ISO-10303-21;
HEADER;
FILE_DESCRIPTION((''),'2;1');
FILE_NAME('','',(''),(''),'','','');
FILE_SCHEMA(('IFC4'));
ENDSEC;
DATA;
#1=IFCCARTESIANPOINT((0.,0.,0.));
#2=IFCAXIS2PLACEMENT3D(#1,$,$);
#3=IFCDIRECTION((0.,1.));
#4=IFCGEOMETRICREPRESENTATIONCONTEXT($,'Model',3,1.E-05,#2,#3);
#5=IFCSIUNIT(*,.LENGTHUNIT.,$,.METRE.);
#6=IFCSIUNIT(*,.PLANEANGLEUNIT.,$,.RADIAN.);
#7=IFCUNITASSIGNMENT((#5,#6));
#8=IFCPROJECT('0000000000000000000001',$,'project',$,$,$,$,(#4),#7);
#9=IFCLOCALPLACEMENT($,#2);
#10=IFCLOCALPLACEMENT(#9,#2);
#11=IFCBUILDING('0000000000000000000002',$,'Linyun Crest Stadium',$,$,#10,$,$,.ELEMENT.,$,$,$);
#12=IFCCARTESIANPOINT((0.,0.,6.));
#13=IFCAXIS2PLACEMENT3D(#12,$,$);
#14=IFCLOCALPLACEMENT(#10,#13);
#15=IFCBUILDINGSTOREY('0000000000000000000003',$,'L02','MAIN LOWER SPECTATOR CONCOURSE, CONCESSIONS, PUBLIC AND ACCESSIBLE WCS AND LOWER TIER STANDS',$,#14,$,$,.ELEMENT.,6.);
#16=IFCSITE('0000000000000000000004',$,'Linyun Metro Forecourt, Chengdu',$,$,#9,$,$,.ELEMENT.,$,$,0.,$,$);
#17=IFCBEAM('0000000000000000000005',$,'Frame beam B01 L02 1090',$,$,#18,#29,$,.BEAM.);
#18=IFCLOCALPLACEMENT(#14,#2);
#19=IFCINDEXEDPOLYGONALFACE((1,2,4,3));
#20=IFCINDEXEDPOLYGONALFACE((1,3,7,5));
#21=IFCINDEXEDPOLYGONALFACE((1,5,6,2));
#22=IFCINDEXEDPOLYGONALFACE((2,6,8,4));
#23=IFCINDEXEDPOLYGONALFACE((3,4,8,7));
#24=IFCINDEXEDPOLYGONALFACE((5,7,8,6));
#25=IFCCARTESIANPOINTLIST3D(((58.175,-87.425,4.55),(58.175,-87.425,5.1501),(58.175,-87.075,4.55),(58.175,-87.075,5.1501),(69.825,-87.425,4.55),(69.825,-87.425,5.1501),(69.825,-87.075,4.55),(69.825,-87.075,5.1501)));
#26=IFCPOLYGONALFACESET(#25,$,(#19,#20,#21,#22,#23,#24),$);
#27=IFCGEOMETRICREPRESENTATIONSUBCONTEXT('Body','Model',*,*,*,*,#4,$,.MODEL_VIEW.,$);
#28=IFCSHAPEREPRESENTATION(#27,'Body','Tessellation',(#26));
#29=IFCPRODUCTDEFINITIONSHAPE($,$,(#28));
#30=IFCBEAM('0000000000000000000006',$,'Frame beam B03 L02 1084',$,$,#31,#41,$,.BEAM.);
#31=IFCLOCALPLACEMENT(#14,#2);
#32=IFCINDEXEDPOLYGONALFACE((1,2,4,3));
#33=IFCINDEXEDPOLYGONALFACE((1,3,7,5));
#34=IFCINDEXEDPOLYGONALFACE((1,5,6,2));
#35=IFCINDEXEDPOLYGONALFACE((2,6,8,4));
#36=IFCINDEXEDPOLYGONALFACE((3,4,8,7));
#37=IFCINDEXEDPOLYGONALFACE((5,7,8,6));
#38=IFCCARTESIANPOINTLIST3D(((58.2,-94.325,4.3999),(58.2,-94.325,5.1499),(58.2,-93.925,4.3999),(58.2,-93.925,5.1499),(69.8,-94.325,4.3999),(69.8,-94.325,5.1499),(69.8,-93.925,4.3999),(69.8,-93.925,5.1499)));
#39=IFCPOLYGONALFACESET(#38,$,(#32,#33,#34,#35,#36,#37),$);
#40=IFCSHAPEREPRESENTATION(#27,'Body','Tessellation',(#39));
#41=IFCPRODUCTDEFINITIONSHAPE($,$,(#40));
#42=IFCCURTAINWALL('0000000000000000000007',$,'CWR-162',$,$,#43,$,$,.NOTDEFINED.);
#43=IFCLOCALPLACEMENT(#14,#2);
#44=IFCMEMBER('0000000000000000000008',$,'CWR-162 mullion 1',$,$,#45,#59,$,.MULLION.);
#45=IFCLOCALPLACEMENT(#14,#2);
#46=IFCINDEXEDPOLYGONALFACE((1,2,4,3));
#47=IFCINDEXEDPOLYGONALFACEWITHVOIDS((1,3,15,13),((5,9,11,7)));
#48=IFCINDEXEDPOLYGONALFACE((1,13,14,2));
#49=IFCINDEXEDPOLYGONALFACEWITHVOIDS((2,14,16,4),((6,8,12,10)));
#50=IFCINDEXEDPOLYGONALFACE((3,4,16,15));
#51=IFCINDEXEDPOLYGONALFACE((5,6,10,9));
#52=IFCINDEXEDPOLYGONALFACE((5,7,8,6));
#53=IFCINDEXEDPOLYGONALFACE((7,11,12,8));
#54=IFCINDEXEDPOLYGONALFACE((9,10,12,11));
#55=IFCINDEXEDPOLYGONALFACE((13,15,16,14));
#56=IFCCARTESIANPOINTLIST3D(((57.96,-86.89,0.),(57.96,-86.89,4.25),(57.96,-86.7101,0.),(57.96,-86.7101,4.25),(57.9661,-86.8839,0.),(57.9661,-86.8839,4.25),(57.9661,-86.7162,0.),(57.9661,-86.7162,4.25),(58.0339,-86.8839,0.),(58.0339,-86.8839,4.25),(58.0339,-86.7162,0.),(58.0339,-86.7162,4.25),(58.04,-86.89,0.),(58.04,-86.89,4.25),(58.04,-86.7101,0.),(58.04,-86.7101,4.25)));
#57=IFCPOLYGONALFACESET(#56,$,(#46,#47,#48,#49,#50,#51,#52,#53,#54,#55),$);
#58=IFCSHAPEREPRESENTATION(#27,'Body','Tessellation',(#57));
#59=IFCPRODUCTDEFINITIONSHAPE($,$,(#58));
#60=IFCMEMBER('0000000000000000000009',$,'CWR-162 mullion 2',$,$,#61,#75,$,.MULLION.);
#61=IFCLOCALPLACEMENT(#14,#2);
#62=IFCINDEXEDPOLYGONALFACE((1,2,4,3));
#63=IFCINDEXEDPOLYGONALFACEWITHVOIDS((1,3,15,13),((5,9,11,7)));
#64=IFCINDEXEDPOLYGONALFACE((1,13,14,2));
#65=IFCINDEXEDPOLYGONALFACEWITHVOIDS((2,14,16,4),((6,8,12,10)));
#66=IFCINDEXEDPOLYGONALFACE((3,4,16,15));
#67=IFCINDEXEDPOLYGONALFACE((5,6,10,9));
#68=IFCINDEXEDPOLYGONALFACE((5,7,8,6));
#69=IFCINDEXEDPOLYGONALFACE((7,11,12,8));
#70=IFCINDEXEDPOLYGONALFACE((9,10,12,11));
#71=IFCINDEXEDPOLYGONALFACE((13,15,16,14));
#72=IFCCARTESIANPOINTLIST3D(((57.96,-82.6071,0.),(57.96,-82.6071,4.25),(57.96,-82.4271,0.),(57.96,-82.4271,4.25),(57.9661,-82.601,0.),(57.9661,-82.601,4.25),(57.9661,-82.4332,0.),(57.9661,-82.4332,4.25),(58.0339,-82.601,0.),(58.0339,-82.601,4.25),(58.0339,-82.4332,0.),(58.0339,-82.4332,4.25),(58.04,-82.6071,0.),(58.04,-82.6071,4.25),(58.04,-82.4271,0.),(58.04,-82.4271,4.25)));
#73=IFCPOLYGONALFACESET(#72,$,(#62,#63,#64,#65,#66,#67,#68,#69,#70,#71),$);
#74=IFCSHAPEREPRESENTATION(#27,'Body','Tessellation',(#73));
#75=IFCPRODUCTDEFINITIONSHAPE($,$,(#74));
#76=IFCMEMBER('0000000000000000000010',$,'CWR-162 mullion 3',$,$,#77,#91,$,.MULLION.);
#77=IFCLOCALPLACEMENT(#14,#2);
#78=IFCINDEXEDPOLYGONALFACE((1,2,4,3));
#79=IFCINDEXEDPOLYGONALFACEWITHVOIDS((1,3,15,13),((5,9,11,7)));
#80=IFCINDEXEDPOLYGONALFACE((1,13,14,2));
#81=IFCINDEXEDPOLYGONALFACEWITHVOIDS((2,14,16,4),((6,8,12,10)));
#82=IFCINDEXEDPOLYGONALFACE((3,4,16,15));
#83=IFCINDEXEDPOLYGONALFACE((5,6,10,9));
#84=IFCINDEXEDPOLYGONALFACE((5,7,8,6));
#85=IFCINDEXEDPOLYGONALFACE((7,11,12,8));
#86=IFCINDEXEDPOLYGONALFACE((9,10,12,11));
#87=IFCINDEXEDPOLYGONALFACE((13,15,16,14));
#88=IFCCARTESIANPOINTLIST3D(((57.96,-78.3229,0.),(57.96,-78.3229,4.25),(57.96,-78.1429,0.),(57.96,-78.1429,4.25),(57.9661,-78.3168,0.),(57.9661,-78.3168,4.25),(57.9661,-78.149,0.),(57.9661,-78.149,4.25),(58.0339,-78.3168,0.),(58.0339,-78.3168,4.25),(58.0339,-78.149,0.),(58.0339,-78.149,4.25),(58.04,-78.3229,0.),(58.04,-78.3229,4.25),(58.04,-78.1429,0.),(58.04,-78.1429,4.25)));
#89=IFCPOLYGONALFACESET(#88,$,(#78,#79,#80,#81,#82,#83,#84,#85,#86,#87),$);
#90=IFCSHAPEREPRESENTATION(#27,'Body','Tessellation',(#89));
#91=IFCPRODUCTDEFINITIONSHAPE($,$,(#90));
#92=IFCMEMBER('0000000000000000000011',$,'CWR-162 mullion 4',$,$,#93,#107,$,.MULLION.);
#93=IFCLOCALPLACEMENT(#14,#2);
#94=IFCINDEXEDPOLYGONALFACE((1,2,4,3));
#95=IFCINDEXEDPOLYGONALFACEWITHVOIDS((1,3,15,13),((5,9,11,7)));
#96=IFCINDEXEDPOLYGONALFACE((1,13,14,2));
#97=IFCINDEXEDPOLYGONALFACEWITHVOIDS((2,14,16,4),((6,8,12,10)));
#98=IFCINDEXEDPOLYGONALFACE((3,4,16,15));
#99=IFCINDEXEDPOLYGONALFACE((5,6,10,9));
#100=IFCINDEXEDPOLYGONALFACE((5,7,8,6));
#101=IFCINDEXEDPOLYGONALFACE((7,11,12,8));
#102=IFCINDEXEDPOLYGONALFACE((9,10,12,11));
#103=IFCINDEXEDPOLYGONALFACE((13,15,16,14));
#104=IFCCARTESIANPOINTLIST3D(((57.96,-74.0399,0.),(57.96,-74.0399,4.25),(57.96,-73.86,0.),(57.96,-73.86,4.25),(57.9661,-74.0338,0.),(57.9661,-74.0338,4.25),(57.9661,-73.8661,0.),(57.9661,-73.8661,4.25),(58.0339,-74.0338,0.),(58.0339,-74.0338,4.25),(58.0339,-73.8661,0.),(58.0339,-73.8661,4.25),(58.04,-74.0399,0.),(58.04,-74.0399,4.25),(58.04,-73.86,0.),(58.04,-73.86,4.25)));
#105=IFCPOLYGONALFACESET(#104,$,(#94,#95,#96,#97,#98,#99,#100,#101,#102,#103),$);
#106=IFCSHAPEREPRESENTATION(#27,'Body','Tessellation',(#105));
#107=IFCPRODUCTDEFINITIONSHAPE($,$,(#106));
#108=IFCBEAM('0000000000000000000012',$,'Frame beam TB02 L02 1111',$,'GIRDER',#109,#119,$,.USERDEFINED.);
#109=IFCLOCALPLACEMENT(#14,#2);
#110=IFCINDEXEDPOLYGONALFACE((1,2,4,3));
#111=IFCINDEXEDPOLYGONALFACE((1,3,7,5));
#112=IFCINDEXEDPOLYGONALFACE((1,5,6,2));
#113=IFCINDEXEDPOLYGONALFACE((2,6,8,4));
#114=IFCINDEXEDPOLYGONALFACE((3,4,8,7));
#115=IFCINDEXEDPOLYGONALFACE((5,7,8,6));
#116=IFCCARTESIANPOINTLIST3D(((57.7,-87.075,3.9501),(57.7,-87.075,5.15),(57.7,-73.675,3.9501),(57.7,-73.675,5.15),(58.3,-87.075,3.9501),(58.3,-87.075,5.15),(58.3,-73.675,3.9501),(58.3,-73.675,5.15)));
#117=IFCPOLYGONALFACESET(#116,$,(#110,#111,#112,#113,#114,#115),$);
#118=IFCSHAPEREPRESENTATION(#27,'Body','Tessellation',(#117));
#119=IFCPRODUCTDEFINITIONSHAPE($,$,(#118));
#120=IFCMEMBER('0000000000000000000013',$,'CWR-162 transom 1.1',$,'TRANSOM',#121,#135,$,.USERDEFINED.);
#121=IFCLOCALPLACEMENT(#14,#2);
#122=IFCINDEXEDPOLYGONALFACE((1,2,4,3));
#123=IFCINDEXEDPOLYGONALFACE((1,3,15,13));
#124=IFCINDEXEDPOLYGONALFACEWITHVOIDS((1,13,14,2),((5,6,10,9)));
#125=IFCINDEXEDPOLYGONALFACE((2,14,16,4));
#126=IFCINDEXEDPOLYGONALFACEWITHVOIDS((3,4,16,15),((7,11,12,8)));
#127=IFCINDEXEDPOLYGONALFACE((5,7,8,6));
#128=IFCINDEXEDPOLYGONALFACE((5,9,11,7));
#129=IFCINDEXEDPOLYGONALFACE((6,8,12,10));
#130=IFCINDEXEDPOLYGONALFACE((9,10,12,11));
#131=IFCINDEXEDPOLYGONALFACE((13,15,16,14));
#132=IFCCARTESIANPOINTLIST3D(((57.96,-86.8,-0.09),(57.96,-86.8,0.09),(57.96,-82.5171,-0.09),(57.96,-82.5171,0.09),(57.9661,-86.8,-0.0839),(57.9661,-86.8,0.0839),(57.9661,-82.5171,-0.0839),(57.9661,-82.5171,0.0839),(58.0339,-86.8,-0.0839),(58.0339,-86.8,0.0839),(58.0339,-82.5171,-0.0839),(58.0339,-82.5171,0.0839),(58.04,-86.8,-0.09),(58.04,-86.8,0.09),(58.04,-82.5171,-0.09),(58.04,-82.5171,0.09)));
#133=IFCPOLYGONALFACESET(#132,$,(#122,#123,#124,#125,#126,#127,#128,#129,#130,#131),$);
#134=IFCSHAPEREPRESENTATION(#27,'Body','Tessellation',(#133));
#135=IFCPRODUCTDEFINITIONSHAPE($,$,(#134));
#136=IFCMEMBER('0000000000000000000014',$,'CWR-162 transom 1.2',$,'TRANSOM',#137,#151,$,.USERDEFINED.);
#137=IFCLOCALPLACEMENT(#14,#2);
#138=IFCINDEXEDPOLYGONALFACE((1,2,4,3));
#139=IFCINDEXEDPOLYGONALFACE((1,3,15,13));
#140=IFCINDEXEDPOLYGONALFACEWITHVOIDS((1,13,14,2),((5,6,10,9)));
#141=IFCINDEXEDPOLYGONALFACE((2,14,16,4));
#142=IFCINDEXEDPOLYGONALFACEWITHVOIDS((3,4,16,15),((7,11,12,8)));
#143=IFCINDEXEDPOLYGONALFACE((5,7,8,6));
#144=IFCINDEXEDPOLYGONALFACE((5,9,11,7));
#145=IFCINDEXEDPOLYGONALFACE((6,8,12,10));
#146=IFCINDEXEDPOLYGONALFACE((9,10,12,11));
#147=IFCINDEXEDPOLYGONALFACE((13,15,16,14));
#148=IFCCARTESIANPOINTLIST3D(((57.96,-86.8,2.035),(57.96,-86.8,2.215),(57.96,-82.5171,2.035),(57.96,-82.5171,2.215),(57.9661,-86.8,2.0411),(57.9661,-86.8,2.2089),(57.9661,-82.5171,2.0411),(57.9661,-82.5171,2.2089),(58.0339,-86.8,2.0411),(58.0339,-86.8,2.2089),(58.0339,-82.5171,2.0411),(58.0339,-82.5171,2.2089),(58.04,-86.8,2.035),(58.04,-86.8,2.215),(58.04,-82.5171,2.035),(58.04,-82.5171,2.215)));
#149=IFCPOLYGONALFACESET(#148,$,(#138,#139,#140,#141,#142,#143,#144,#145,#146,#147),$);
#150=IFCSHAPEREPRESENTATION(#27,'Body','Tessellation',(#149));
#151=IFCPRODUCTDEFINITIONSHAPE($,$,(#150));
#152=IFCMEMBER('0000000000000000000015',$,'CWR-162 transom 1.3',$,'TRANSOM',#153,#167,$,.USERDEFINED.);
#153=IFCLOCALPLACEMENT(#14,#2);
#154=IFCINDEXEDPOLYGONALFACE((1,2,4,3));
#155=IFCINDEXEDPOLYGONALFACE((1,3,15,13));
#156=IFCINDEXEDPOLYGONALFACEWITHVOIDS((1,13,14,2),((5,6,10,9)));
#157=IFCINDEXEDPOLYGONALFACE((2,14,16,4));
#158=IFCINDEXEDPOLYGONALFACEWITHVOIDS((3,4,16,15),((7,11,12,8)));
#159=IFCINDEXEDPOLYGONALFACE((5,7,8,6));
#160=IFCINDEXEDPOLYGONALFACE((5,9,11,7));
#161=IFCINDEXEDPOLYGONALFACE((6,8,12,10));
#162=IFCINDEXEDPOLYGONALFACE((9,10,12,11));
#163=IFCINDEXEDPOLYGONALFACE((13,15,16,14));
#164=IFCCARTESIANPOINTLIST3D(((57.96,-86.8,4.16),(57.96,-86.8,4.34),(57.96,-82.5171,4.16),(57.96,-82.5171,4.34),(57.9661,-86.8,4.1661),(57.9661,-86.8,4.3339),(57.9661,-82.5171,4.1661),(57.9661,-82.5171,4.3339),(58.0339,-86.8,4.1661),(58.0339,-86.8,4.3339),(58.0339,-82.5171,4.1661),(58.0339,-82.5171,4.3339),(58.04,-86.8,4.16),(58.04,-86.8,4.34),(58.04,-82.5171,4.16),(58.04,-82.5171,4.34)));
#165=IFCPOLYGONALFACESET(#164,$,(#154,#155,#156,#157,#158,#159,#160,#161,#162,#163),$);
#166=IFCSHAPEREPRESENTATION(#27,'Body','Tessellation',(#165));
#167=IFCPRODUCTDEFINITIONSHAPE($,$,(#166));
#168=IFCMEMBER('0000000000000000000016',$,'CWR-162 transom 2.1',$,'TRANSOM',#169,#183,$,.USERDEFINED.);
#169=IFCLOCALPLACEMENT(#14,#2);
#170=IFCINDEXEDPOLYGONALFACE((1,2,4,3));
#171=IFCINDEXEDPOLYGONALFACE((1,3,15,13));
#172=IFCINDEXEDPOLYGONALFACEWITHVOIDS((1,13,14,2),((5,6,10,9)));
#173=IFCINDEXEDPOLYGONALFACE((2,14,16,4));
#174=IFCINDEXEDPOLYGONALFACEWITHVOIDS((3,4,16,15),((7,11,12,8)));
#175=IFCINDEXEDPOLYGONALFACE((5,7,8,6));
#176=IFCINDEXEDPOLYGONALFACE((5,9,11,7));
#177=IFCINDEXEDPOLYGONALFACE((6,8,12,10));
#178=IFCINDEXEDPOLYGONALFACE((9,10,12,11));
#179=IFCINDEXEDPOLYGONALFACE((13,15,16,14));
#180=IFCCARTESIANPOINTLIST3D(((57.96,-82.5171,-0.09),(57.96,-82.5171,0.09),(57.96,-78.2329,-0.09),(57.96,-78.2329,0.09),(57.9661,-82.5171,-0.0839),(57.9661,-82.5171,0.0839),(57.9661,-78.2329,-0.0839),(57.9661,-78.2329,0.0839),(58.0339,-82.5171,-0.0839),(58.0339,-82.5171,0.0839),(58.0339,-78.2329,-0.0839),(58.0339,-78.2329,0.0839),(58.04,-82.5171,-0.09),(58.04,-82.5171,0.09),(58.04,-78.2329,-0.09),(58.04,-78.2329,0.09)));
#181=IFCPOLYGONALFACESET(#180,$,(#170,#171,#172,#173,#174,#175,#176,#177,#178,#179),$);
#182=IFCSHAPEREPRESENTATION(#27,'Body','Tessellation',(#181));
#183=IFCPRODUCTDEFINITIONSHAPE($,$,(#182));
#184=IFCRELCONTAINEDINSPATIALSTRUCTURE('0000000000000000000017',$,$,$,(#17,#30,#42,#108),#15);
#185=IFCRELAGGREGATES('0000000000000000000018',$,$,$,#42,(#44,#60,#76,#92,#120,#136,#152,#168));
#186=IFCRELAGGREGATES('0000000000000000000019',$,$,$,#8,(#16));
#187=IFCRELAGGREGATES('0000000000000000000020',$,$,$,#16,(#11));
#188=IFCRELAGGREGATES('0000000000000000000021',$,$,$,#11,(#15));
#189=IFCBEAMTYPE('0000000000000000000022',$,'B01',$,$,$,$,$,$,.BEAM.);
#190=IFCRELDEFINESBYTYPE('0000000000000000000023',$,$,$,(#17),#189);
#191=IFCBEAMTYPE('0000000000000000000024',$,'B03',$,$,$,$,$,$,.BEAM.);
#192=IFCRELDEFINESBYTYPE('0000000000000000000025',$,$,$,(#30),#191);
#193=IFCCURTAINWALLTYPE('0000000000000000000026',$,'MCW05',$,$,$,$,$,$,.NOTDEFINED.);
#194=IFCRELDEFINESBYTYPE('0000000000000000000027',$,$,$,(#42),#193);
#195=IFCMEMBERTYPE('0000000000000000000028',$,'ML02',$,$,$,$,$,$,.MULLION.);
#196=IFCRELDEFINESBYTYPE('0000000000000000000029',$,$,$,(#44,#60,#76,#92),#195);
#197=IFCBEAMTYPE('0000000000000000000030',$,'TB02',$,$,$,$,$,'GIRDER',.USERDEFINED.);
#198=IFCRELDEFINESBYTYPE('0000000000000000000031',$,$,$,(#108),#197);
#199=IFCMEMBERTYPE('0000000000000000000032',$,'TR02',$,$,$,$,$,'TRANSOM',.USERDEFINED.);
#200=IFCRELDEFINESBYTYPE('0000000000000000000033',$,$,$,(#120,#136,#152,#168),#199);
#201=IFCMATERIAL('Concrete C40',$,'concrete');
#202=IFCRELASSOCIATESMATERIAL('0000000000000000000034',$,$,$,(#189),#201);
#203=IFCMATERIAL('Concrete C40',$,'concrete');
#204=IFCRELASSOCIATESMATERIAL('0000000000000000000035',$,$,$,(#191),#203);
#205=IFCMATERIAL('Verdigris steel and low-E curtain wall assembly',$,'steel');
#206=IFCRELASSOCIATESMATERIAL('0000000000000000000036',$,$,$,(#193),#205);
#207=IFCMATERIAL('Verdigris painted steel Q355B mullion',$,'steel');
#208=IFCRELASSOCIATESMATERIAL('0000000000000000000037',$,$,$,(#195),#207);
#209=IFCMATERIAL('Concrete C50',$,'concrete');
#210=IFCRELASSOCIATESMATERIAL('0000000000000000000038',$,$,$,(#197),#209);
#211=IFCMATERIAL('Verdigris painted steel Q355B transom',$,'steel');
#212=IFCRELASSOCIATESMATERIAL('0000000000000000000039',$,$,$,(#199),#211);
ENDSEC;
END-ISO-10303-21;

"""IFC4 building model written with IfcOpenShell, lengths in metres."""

from ifc_helpers import new_model, si_unit, direction, frame, origin, origin_2d, place, context, subcontext, project, spatial, rectangle, hollow_rectangle, extrude, material, material_profile, profile_set, type_object, element, aggregate, save


model = new_model("IFC4")

# Units and contexts
model_context = context("Model", 3, precision=1e-05, world=origin(), true_north=direction((0.0, 1.0)))
body_context = subcontext(model_context, "Body", "Model", "MODEL_VIEW")
ifc_project = project(units=[si_unit("LENGTHUNIT", "METRE"), si_unit("PLANEANGLEUNIT", "RADIAN")], contexts=[model_context])

# Site, building, storey
site_placement = place(None, origin())
site = spatial("IfcSite", under=ifc_project, at=site_placement, Name="Linyun Metro Forecourt, Chengdu", CompositionType="ELEMENT", RefElevation=0.0)
building_placement = place(site_placement, origin())
building = spatial("IfcBuilding", under=site, at=building_placement, Name="Linyun Crest Stadium", CompositionType="ELEMENT")
storey_placement = place(building_placement, frame((0.0, 0.0, 6.0)))
storey = spatial("IfcBuildingStorey", under=building, at=storey_placement, Name="L02", Description="MAIN LOWER SPECTATOR CONCOURSE, CONCESSIONS, PUBLIC AND ACCESSIBLE WCS AND LOWER TIER STANDS", CompositionType="ELEMENT", Elevation=6.0)

# Beams
ifc_material_1 = material(Name="Concrete C40", Category="concrete")
ifc_material_profile_1 = material_profile(ifc_material_1, rectangle(XDim=0.3501, YDim=0.6001, at=origin_2d()), Name="RCB 600x350")
ifc_profile_set_1 = profile_set([ifc_material_profile_1], Name="Concrete C40")
beam_type_1 = type_object("IfcBeamType", Name="B01", PredefinedType="BEAM", material=ifc_profile_set_1)
beam_1_placement = place(storey_placement, frame((58.175, -87.25, 4.8501), z_axis=(1.0, 0.0, 0.0), x_axis=(0.0, 1.0, 0.0)))
element("IfcBeam", 1, at=beam_1_placement, inside=storey, type_object=beam_type_1, Name="Frame beam B01 L02 1090", PredefinedType="BEAM", context=body_context, shape_type="SweptSolid", body=[
    extrude(rectangle(XDim=0.3501, YDim=0.6001, at=origin_2d()), origin(), (0.0, 0.0, 1.0), 11.6499),
])
ifc_material_2 = material(Name="Concrete C40", Category="concrete")
ifc_material_profile_2 = material_profile(ifc_material_2, rectangle(XDim=0.3999, YDim=0.75, at=origin_2d()), Name="RCB 750x400")
ifc_profile_set_2 = profile_set([ifc_material_profile_2], Name="Concrete C40")
beam_type_2 = type_object("IfcBeamType", Name="B03", PredefinedType="BEAM", material=ifc_profile_set_2)
beam_2_placement = place(storey_placement, frame((58.2, -94.125, 4.7749), z_axis=(1.0, 0.0, 0.0), x_axis=(0.0, 1.0, 0.0)))
element("IfcBeam", 2, at=beam_2_placement, inside=storey, type_object=beam_type_2, Name="Frame beam B03 L02 1084", PredefinedType="BEAM", context=body_context, shape_type="SweptSolid", body=[
    extrude(rectangle(XDim=0.3999, YDim=0.75, at=origin_2d()), origin(), (0.0, 0.0, 1.0), 11.6001),
])

# Curtain wall, members
ifc_material_3 = material(Name="Verdigris steel and low-E curtain wall assembly", Category="steel")
curtain_wall_type = type_object("IfcCurtainWallType", Name="MCW05", PredefinedType="NOTDEFINED", material=ifc_material_3)
curtain_wall_placement = place(storey_placement, origin())
curtain_wall = element("IfcCurtainWall", 3, at=curtain_wall_placement, inside=storey, type_object=curtain_wall_type, Name="CWR-162", PredefinedType="NOTDEFINED")
ifc_material_4 = material(Name="Verdigris painted steel Q355B mullion", Category="steel")
ifc_material_profile_3 = material_profile(ifc_material_4, hollow_rectangle(XDim=0.0801, YDim=0.1799, WallThickness=0.0061, at=origin_2d()), Name="RHS 180x80x6")
ifc_profile_set_3 = profile_set([ifc_material_profile_3], Name="Verdigris painted steel Q355B mullion")
member_type_1 = type_object("IfcMemberType", Name="ML02", PredefinedType="MULLION", material=ifc_profile_set_3)
member_1_placement = place(storey_placement, frame((58.0, -86.8, 0.0), z_axis=(0.0, 0.0, 1.0), x_axis=(-1.0, 0.0, 0.0)))
member_1 = element("IfcMember", 4, at=member_1_placement, type_object=member_type_1, Name="CWR-162 mullion 1", PredefinedType="MULLION", context=body_context, shape_type="SweptSolid", body=[
    extrude(hollow_rectangle(XDim=0.0801, YDim=0.1799, WallThickness=0.0061, at=origin_2d()), origin(), (0.0, 0.0, 1.0), 4.25),
])
member_2_placement = place(storey_placement, frame((58.0, -82.5171, 0.0), z_axis=(0.0, 0.0, 1.0), x_axis=(-1.0, 0.0, 0.0)))
member_2 = element("IfcMember", 5, at=member_2_placement, type_object=member_type_1, Name="CWR-162 mullion 2", PredefinedType="MULLION", context=body_context, shape_type="SweptSolid", body=[
    extrude(hollow_rectangle(XDim=0.0801, YDim=0.1799, WallThickness=0.0061, at=origin_2d()), origin(), (0.0, 0.0, 1.0), 4.25),
])
member_3_placement = place(storey_placement, frame((58.0, -78.2329, 0.0), z_axis=(0.0, 0.0, 1.0), x_axis=(-1.0, 0.0, 0.0)))
member_3 = element("IfcMember", 6, at=member_3_placement, type_object=member_type_1, Name="CWR-162 mullion 3", PredefinedType="MULLION", context=body_context, shape_type="SweptSolid", body=[
    extrude(hollow_rectangle(XDim=0.0801, YDim=0.1799, WallThickness=0.0061, at=origin_2d()), origin(), (0.0, 0.0, 1.0), 4.25),
])
member_4_placement = place(storey_placement, frame((58.0, -73.95, 0.0), z_axis=(0.0, 0.0, 1.0), x_axis=(-1.0, 0.0, 0.0)))
member_4 = element("IfcMember", 7, at=member_4_placement, type_object=member_type_1, Name="CWR-162 mullion 4", PredefinedType="MULLION", context=body_context, shape_type="SweptSolid", body=[
    extrude(hollow_rectangle(XDim=0.0801, YDim=0.1799, WallThickness=0.0061, at=origin_2d()), origin(), (0.0, 0.0, 1.0), 4.25),
])

# Beam
ifc_material_5 = material(Name="Concrete C50", Category="concrete")
ifc_material_profile_4 = material_profile(ifc_material_5, rectangle(XDim=0.6001, YDim=1.2, at=origin_2d()), Name="RCB 1200x600")
ifc_profile_set_4 = profile_set([ifc_material_profile_4], Name="Concrete C50")
beam_type_3 = type_object("IfcBeamType", Name="TB02", ElementType="GIRDER", PredefinedType="USERDEFINED", material=ifc_profile_set_4)
beam_3_placement = place(storey_placement, frame((58.0, -87.075, 4.55), z_axis=(0.0, 1.0, 0.0), x_axis=(-1.0, 0.0, 0.0)))
element("IfcBeam", 8, at=beam_3_placement, inside=storey, type_object=beam_type_3, Name="Frame beam TB02 L02 1111", ObjectType="GIRDER", PredefinedType="USERDEFINED", context=body_context, shape_type="SweptSolid", body=[
    extrude(rectangle(XDim=0.6001, YDim=1.2, at=origin_2d()), origin(), (0.0, 0.0, 1.0), 13.3999),
])

# Members
ifc_material_6 = material(Name="Verdigris painted steel Q355B transom", Category="steel")
ifc_material_profile_5 = material_profile(ifc_material_6, hollow_rectangle(XDim=0.0801, YDim=0.1799, WallThickness=0.0061, at=origin_2d()), Name="RHS 180x80x6")
ifc_profile_set_5 = profile_set([ifc_material_profile_5], Name="Verdigris painted steel Q355B transom")
member_type_2 = type_object("IfcMemberType", Name="TR02", ElementType="TRANSOM", PredefinedType="USERDEFINED", material=ifc_profile_set_5)
member_5_placement = place(storey_placement, frame((58.0, -86.8, 0.0), z_axis=(0.0, 1.0, 0.0), x_axis=(-1.0, 0.0, 0.0)))
member_5 = element("IfcMember", 9, at=member_5_placement, type_object=member_type_2, Name="CWR-162 transom 1.1", ObjectType="TRANSOM", PredefinedType="USERDEFINED", context=body_context, shape_type="SweptSolid", body=[
    extrude(hollow_rectangle(XDim=0.0801, YDim=0.1799, WallThickness=0.0061, at=origin_2d()), origin(), (0.0, 0.0, 1.0), 4.283),
])
member_6_placement = place(storey_placement, frame((58.0, -86.8, 2.125), z_axis=(0.0, 1.0, 0.0), x_axis=(-1.0, 0.0, 0.0)))
member_6 = element("IfcMember", 10, at=member_6_placement, type_object=member_type_2, Name="CWR-162 transom 1.2", ObjectType="TRANSOM", PredefinedType="USERDEFINED", context=body_context, shape_type="SweptSolid", body=[
    extrude(hollow_rectangle(XDim=0.0801, YDim=0.1799, WallThickness=0.0061, at=origin_2d()), origin(), (0.0, 0.0, 1.0), 4.283),
])
member_7_placement = place(storey_placement, frame((58.0, -86.8, 4.25), z_axis=(0.0, 1.0, 0.0), x_axis=(-1.0, 0.0, 0.0)))
member_7 = element("IfcMember", 11, at=member_7_placement, type_object=member_type_2, Name="CWR-162 transom 1.3", ObjectType="TRANSOM", PredefinedType="USERDEFINED", context=body_context, shape_type="SweptSolid", body=[
    extrude(hollow_rectangle(XDim=0.0801, YDim=0.1799, WallThickness=0.0061, at=origin_2d()), origin(), (0.0, 0.0, 1.0), 4.283),
])
member_8_placement = place(storey_placement, frame((58.0, -82.5171, 0.0), z_axis=(0.0, 1.0, 0.0), x_axis=(-1.0, 0.0, 0.0)))
member_8 = element("IfcMember", 12, at=member_8_placement, type_object=member_type_2, Name="CWR-162 transom 2.1", ObjectType="TRANSOM", PredefinedType="USERDEFINED", context=body_context, shape_type="SweptSolid", body=[
    extrude(hollow_rectangle(XDim=0.0801, YDim=0.1799, WallThickness=0.0061, at=origin_2d()), origin(), (0.0, 0.0, 1.0), 4.2842),
])

aggregate(curtain_wall, [member_1, member_2, member_3, member_4, member_5, member_6, member_7, member_8])

save(model, "model.ifc")
